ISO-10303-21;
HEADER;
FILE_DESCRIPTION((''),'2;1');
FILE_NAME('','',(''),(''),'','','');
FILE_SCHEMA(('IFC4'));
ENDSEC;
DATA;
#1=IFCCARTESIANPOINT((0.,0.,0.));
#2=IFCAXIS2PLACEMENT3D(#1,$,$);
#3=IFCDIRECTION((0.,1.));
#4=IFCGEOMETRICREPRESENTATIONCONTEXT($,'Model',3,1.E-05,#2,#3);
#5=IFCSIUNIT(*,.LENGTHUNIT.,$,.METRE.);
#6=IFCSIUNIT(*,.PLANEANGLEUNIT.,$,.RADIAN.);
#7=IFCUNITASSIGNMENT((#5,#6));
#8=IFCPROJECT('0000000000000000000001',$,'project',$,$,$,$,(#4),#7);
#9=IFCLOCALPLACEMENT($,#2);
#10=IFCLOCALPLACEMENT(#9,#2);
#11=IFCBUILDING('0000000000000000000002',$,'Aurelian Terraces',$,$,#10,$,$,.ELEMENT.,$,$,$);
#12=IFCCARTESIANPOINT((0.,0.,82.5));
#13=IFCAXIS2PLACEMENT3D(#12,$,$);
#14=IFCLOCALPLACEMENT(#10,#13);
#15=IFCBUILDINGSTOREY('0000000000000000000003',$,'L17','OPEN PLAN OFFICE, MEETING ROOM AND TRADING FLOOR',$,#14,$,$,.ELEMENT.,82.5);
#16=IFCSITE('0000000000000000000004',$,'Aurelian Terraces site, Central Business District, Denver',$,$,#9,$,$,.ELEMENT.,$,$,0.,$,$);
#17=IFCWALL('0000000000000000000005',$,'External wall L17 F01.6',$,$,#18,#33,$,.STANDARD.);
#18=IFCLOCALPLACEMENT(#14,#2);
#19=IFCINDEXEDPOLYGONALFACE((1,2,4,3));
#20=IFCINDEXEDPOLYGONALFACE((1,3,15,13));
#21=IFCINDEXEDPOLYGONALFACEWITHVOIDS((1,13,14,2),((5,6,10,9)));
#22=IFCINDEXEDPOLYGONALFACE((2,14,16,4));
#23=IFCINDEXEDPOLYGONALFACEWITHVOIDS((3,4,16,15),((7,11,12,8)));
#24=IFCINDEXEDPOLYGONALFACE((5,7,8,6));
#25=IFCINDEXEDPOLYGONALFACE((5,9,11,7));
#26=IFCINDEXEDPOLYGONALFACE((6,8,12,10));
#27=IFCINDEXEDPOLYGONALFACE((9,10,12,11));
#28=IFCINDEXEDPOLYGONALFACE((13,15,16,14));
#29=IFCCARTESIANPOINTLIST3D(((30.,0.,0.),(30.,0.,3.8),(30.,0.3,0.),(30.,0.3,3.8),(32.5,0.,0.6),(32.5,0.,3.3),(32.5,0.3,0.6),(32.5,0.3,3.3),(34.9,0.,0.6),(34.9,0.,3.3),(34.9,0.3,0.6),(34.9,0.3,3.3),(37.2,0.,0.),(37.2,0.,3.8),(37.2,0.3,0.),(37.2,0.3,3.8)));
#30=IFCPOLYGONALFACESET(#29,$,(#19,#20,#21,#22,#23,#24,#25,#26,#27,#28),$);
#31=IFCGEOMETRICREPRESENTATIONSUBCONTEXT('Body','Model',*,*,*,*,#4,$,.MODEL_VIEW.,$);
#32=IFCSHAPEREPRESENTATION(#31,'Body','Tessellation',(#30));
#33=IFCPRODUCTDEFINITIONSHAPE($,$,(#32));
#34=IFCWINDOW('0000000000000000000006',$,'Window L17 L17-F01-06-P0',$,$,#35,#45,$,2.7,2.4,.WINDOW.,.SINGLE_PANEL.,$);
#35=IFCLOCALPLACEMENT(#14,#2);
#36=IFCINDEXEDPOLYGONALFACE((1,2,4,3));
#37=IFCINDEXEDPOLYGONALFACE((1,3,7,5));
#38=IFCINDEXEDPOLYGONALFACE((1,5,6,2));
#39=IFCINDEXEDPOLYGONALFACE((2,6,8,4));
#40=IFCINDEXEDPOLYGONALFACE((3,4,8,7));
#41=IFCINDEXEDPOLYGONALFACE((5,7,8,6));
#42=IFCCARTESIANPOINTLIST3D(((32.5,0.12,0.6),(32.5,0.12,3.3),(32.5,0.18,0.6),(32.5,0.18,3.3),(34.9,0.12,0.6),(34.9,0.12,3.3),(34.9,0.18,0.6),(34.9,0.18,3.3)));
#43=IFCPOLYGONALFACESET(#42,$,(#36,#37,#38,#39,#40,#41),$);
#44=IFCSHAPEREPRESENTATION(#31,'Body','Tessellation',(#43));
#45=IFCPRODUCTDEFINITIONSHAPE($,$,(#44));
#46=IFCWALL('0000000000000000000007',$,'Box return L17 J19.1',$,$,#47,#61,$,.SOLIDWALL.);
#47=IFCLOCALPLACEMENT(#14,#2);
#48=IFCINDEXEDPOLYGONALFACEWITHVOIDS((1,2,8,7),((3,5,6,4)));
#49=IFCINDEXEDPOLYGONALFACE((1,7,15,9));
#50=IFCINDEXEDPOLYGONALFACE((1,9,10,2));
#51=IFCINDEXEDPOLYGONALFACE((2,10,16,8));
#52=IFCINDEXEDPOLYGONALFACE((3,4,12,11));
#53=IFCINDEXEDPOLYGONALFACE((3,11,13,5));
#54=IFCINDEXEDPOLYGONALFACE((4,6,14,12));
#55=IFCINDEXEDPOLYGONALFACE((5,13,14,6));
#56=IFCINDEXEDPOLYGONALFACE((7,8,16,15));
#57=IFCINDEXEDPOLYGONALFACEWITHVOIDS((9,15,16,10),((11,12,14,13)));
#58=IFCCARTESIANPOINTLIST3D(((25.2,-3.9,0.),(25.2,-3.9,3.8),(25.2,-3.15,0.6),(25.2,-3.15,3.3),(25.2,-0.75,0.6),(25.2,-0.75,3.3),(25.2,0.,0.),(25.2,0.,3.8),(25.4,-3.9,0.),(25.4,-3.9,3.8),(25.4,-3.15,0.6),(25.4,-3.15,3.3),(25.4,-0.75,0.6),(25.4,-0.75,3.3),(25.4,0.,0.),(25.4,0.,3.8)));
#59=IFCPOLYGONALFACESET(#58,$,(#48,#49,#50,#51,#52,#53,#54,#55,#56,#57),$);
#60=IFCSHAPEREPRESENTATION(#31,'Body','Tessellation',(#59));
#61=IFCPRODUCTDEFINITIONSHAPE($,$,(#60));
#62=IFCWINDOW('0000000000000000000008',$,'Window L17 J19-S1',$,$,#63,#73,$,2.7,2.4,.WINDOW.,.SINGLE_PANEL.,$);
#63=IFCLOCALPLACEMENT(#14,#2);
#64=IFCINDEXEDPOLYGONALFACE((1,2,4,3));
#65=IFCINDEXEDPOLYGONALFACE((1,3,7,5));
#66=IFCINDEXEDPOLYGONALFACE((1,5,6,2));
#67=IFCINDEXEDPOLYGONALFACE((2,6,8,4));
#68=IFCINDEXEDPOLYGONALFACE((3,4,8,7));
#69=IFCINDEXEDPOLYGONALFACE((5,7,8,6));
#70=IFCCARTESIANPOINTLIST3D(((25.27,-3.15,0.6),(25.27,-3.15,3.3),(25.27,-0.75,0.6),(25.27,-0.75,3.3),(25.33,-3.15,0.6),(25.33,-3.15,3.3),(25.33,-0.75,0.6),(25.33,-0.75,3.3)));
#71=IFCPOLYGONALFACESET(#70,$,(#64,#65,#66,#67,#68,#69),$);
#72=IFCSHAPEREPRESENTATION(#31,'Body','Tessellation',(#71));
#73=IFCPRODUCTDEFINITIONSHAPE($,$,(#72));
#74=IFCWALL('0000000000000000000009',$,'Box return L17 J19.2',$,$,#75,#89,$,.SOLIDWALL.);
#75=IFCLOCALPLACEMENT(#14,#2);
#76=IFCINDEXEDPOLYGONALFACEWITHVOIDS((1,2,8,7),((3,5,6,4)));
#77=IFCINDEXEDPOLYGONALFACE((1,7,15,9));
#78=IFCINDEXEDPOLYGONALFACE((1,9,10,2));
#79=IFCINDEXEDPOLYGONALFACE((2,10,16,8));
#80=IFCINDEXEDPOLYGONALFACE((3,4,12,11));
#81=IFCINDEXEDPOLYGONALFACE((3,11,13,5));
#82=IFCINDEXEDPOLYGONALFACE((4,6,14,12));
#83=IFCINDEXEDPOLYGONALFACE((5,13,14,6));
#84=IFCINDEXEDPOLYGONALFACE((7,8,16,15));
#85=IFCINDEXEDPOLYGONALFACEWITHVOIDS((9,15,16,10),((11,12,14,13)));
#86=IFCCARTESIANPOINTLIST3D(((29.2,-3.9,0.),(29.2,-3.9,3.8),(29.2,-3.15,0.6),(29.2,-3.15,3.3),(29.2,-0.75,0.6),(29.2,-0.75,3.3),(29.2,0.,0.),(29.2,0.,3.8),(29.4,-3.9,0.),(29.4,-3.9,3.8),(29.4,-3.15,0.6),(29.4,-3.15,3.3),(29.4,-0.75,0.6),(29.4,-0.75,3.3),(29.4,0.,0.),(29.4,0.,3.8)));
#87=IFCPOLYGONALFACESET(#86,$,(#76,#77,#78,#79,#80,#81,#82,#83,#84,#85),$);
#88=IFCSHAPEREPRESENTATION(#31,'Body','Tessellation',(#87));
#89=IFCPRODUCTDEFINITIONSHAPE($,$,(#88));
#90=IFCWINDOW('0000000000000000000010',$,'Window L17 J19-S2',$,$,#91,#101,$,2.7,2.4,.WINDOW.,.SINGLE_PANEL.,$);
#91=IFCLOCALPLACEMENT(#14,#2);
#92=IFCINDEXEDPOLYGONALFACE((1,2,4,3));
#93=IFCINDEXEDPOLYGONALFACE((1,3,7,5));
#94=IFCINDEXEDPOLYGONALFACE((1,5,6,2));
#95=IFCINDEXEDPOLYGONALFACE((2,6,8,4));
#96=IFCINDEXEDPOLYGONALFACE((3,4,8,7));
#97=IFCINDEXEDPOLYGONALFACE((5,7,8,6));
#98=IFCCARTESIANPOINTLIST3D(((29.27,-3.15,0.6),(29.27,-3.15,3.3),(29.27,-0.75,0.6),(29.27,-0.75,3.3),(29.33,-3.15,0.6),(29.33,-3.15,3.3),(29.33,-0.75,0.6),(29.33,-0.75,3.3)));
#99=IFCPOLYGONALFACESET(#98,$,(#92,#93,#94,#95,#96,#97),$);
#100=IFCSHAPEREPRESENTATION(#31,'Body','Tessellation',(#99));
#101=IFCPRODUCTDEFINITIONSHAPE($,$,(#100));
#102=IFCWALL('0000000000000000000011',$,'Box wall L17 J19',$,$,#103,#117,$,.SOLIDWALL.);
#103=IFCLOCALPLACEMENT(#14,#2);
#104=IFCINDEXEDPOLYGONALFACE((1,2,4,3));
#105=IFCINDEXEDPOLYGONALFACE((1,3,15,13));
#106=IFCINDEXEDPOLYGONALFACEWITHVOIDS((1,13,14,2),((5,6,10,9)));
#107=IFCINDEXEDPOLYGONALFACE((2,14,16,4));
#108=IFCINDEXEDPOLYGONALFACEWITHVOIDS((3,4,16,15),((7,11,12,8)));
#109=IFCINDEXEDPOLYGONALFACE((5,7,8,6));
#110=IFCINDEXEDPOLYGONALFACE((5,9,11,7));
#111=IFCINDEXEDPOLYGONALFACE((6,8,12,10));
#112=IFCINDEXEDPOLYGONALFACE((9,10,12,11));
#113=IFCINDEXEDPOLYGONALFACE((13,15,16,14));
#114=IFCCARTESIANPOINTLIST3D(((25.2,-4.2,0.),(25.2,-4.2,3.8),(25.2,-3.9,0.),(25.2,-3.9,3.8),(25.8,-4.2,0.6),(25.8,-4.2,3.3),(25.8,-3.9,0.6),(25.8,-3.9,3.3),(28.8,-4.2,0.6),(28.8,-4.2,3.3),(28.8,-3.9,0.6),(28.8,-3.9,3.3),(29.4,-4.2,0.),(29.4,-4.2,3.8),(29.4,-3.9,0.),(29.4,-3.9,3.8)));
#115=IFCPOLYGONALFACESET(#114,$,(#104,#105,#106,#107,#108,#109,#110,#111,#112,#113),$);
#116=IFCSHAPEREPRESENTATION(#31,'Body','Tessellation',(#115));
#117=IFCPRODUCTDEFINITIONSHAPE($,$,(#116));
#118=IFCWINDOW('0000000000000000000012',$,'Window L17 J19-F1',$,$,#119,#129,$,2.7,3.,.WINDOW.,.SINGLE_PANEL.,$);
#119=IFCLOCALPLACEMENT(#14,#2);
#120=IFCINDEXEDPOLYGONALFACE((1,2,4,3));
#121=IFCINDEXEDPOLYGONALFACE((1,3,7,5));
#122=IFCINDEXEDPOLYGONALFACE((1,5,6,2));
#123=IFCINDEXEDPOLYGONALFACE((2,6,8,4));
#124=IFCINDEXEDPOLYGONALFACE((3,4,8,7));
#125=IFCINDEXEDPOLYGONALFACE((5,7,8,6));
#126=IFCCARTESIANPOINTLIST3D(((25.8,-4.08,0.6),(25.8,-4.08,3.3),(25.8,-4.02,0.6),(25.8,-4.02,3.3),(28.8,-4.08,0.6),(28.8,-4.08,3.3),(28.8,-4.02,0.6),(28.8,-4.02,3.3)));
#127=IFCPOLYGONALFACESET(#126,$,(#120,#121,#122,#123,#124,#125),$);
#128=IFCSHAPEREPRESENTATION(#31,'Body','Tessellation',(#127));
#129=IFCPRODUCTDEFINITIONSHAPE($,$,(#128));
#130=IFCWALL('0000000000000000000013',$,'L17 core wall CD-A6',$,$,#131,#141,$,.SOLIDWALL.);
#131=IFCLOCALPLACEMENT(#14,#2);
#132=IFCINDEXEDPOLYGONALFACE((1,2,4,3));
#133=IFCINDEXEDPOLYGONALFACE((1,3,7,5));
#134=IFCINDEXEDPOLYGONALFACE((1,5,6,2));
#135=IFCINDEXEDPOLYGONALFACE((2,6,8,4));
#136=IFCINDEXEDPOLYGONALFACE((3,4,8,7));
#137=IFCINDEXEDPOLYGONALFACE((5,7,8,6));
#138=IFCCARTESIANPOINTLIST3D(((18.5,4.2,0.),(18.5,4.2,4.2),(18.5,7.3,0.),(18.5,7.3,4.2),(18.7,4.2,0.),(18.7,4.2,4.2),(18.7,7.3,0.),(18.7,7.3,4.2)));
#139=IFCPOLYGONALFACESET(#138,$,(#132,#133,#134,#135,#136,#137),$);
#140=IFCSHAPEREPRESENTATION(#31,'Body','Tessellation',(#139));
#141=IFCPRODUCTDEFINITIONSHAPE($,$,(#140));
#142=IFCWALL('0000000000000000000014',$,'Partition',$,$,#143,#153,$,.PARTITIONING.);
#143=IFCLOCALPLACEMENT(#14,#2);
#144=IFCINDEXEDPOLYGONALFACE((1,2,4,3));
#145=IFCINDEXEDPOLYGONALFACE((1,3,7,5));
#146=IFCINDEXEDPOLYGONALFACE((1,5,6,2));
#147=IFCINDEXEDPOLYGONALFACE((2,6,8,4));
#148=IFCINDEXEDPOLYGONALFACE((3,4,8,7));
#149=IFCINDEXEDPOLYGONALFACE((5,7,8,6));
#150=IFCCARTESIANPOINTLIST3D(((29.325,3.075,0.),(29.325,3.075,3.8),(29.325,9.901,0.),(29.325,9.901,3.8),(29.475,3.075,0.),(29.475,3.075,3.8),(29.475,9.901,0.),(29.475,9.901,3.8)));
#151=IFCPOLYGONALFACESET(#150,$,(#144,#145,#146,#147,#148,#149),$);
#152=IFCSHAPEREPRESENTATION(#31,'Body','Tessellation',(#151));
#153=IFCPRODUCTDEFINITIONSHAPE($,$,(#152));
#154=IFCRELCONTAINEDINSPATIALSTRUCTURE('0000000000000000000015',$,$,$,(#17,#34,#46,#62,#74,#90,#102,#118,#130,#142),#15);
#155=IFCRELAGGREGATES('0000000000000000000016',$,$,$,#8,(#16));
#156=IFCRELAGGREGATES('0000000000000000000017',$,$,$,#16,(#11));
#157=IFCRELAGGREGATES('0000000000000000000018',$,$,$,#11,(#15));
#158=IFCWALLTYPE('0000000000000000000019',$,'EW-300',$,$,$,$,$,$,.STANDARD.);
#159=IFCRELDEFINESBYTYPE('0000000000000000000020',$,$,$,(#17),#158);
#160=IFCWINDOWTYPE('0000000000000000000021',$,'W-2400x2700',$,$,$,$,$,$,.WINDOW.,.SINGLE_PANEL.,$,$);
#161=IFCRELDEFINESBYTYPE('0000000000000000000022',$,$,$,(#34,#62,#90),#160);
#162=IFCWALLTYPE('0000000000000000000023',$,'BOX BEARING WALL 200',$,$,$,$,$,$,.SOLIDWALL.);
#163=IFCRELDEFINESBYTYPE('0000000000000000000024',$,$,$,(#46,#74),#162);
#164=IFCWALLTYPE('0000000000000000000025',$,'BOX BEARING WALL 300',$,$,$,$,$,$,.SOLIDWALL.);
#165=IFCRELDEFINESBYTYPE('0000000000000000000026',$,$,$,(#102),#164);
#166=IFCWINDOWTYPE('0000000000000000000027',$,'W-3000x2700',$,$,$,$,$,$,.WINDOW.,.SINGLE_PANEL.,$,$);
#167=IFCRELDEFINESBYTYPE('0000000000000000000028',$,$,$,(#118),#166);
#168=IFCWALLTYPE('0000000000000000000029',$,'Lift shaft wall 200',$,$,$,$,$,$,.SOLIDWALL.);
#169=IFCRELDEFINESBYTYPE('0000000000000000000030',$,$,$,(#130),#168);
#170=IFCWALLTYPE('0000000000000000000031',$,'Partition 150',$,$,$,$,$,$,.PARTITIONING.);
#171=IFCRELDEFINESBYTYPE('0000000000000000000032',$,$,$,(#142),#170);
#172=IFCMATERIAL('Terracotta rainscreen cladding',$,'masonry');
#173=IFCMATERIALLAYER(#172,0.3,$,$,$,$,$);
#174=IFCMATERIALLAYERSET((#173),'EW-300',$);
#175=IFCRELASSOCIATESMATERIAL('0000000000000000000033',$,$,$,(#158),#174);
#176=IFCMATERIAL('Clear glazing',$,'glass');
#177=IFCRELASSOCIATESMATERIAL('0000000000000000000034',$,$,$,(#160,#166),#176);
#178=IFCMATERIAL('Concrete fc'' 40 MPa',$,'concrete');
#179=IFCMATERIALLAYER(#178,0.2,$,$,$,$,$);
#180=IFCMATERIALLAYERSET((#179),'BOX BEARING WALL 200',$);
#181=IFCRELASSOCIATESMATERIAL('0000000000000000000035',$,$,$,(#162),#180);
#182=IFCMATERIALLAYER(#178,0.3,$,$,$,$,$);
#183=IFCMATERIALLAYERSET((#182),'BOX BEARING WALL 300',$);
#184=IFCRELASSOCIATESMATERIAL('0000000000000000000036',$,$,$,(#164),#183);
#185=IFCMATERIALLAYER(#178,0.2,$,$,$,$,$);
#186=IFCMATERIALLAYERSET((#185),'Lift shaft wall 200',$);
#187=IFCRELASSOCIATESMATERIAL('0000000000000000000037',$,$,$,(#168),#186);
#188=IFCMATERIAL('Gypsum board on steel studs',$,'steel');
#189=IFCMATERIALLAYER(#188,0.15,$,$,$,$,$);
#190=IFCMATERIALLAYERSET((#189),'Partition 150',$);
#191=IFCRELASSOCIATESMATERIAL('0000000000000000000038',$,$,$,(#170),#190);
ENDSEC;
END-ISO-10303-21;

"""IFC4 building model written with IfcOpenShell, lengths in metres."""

from ifc_helpers import new_model, si_unit, direction, frame, frame_2d, origin, place, context, subcontext, project, spatial, rectangle, extrude, source, transform, mapped, material, layer, layer_set, type_object, element, fill, save


model = new_model("IFC4")

# Units and contexts
model_context = context("Model", 3, precision=1e-05, world=origin(), true_north=direction((0.0, 1.0)))
body_context = subcontext(model_context, "Body", "Model", "MODEL_VIEW")
ifc_project = project(units=[si_unit("LENGTHUNIT", "METRE"), si_unit("PLANEANGLEUNIT", "RADIAN")], contexts=[model_context])

# Site, building, storey
site_placement = place(None, origin())
site = spatial("IfcSite", under=ifc_project, at=site_placement, Name="Aurelian Terraces site, Central Business District, Denver", CompositionType="ELEMENT", RefElevation=0.0)
building_placement = place(site_placement, origin())
building = spatial("IfcBuilding", under=site, at=building_placement, Name="Aurelian Terraces", CompositionType="ELEMENT")
storey_placement = place(building_placement, frame((0.0, 0.0, 82.5)))
storey = spatial("IfcBuildingStorey", under=building, at=storey_placement, Name="L17", Description="OPEN PLAN OFFICE, MEETING ROOM AND TRADING FLOOR", CompositionType="ELEMENT", Elevation=82.5)

# Shared definitions
ifc_material_1 = material(Name="Terracotta rainscreen cladding", Category="masonry")
ifc_layer_1 = layer(ifc_material_1, 0.3)
ifc_layer_set_1 = layer_set([ifc_layer_1], Name="EW-300")
wall_type_1 = type_object("IfcWallType", Name="EW-300", PredefinedType="STANDARD", material=ifc_layer_set_1)
shared_shape_1 = source(origin(), body_context, "Body", "SweptSolid", [
    extrude(rectangle(XDim=7.2, YDim=0.3, at=frame_2d((3.6, 0.0))), origin(), (0.0, 0.0, 1.0), 3.8),
])
shared_shape_2 = source(origin(), body_context, "Body", "SweptSolid", [
    extrude(rectangle(XDim=2.4, YDim=2.7, at=frame_2d((1.2, 1.35))), frame((0.0, 0.16, 0.0), z_axis=(0.0, -1.0, 0.0), x_axis=(1.0, 0.0, 0.0)), (0.0, 0.0, 1.0), 0.32),
])
ifc_material_2 = material(Name="Clear glazing", Category="glass")
window_type_1 = type_object("IfcWindowType", Name="W-2400x2700", PartitioningType="SINGLE_PANEL", PredefinedType="WINDOW", material=ifc_material_2)
shared_shape_3 = source(origin(), body_context, "Body", "SweptSolid", [
    extrude(rectangle(XDim=2.4, YDim=2.7, at=frame_2d((1.2, 1.35))), frame((0.0, 0.03, 0.0), z_axis=(0.0, -1.0, 0.0), x_axis=(1.0, 0.0, 0.0)), (0.0, 0.0, 1.0), 0.06),
])

# Walls, openings, windows
wall_1_placement = place(storey_placement, frame((30.0, 0.15, 0.0), z_axis=(0.0, 0.0, 1.0), x_axis=(1.0, 0.0, 0.0)))
wall_1 = element("IfcWall", 1, at=wall_1_placement, inside=storey, type_object=wall_type_1, Name="External wall L17 F01.6", PredefinedType="STANDARD", context=body_context, shape_type="MappedRepresentation", body=[
    mapped(shared_shape_1, transform((0.0, 0.0, 0.0), scale=1.0)),
])
opening_1_placement = place(wall_1_placement, frame((2.5, 0.0, 0.6)))
opening_1 = element("IfcOpeningElement", 2, at=opening_1_placement, cuts=wall_1, PredefinedType="OPENING", context=body_context, shape_type="MappedRepresentation", body=[
    mapped(shared_shape_2, transform((0.0, 0.0, 0.0), scale=1.0)),
])
window_1_placement = place(opening_1_placement, origin())
window_1 = element("IfcWindow", 3, at=window_1_placement, inside=storey, type_object=window_type_1, Name="Window L17 L17-F01-06-P0", OverallHeight=2.7, OverallWidth=2.4, PartitioningType="SINGLE_PANEL", PredefinedType="WINDOW", context=body_context, shape_type="MappedRepresentation", body=[
    mapped(shared_shape_3, transform((0.0, 0.0, 0.0), scale=1.0)),
])
fill(opening_1, window_1)
ifc_material_3 = material(Name="Concrete fc' 40 MPa", Category="concrete")
ifc_layer_2 = layer(ifc_material_3, 0.2)
ifc_layer_set_2 = layer_set([ifc_layer_2], Name="BOX BEARING WALL 200")
wall_type_2 = type_object("IfcWallType", Name="BOX BEARING WALL 200", PredefinedType="SOLIDWALL", material=ifc_layer_set_2)
shared_shape_4 = source(origin(), body_context, "Body", "SweptSolid", [
    extrude(rectangle(XDim=3.9, YDim=0.2, at=frame_2d((1.95, 0.0))), origin(), (0.0, 0.0, 1.0), 3.8),
])
wall_2_placement = place(storey_placement, frame((25.3, 0.0, 0.0), z_axis=(0.0, 0.0, 1.0), x_axis=(0.0, -1.0, 0.0)))
wall_2 = element("IfcWall", 4, at=wall_2_placement, inside=storey, type_object=wall_type_2, Name="Box return L17 J19.1", PredefinedType="SOLIDWALL", context=body_context, shape_type="MappedRepresentation", body=[
    mapped(shared_shape_4, transform((0.0, 0.0, 0.0), scale=1.0)),
])
shared_shape_5 = source(origin(), body_context, "Body", "SweptSolid", [
    extrude(rectangle(XDim=2.4, YDim=2.7, at=frame_2d((1.2, 1.35))), frame((0.0, 0.11, 0.0), z_axis=(0.0, -1.0, 0.0), x_axis=(1.0, 0.0, 0.0)), (0.0, 0.0, 1.0), 0.22),
])
opening_2_placement = place(wall_2_placement, frame((0.75, 0.0, 0.6)))
opening_2 = element("IfcOpeningElement", 5, at=opening_2_placement, cuts=wall_2, PredefinedType="OPENING", context=body_context, shape_type="MappedRepresentation", body=[
    mapped(shared_shape_5, transform((0.0, 0.0, 0.0), scale=1.0)),
])
window_2_placement = place(opening_2_placement, origin())
window_2 = element("IfcWindow", 6, at=window_2_placement, inside=storey, type_object=window_type_1, Name="Window L17 J19-S1", OverallHeight=2.7, OverallWidth=2.4, PartitioningType="SINGLE_PANEL", PredefinedType="WINDOW", context=body_context, shape_type="MappedRepresentation", body=[
    mapped(shared_shape_3, transform((0.0, 0.0, 0.0), scale=1.0)),
])
fill(opening_2, window_2)
wall_3_placement = place(storey_placement, frame((29.3, 0.0, 0.0), z_axis=(0.0, 0.0, 1.0), x_axis=(0.0, -1.0, 0.0)))
wall_3 = element("IfcWall", 7, at=wall_3_placement, inside=storey, type_object=wall_type_2, Name="Box return L17 J19.2", PredefinedType="SOLIDWALL", context=body_context, shape_type="MappedRepresentation", body=[
    mapped(shared_shape_4, transform((0.0, 0.0, 0.0), scale=1.0)),
])
opening_3_placement = place(wall_3_placement, frame((0.75, 0.0, 0.6)))
opening_3 = element("IfcOpeningElement", 8, at=opening_3_placement, cuts=wall_3, PredefinedType="OPENING", context=body_context, shape_type="MappedRepresentation", body=[
    mapped(shared_shape_5, transform((0.0, 0.0, 0.0), scale=1.0)),
])
window_3_placement = place(opening_3_placement, origin())
window_3 = element("IfcWindow", 9, at=window_3_placement, inside=storey, type_object=window_type_1, Name="Window L17 J19-S2", OverallHeight=2.7, OverallWidth=2.4, PartitioningType="SINGLE_PANEL", PredefinedType="WINDOW", context=body_context, shape_type="MappedRepresentation", body=[
    mapped(shared_shape_3, transform((0.0, 0.0, 0.0), scale=1.0)),
])
fill(opening_3, window_3)
ifc_layer_3 = layer(ifc_material_3, 0.3)
ifc_layer_set_3 = layer_set([ifc_layer_3], Name="BOX BEARING WALL 300")
wall_type_3 = type_object("IfcWallType", Name="BOX BEARING WALL 300", PredefinedType="SOLIDWALL", material=ifc_layer_set_3)
shared_shape_6 = source(origin(), body_context, "Body", "SweptSolid", [
    extrude(rectangle(XDim=4.2, YDim=0.3, at=frame_2d((2.1, 0.0))), origin(), (0.0, 0.0, 1.0), 3.8),
])
wall_4_placement = place(storey_placement, frame((25.2, -4.05, 0.0), z_axis=(0.0, 0.0, 1.0), x_axis=(1.0, 0.0, 0.0)))
wall_4 = element("IfcWall", 10, at=wall_4_placement, inside=storey, type_object=wall_type_3, Name="Box wall L17 J19", PredefinedType="SOLIDWALL", context=body_context, shape_type="MappedRepresentation", body=[
    mapped(shared_shape_6, transform((0.0, 0.0, 0.0), scale=1.0)),
])
shared_shape_7 = source(origin(), body_context, "Body", "SweptSolid", [
    extrude(rectangle(XDim=3.0, YDim=2.7, at=frame_2d((1.5, 1.35))), frame((0.0, 0.16, 0.0), z_axis=(0.0, -1.0, 0.0), x_axis=(1.0, 0.0, 0.0)), (0.0, 0.0, 1.0), 0.32),
])
opening_4_placement = place(wall_4_placement, frame((0.6, 0.0, 0.6)))
opening_4 = element("IfcOpeningElement", 11, at=opening_4_placement, cuts=wall_4, PredefinedType="OPENING", context=body_context, shape_type="MappedRepresentation", body=[
    mapped(shared_shape_7, transform((0.0, 0.0, 0.0), scale=1.0)),
])
window_type_2 = type_object("IfcWindowType", Name="W-3000x2700", PartitioningType="SINGLE_PANEL", PredefinedType="WINDOW", material=ifc_material_2)
shared_shape_8 = source(origin(), body_context, "Body", "SweptSolid", [
    extrude(rectangle(XDim=3.0, YDim=2.7, at=frame_2d((1.5, 1.35))), frame((0.0, 0.03, 0.0), z_axis=(0.0, -1.0, 0.0), x_axis=(1.0, 0.0, 0.0)), (0.0, 0.0, 1.0), 0.06),
])
window_4_placement = place(opening_4_placement, origin())
window_4 = element("IfcWindow", 12, at=window_4_placement, inside=storey, type_object=window_type_2, Name="Window L17 J19-F1", OverallHeight=2.7, OverallWidth=3.0, PartitioningType="SINGLE_PANEL", PredefinedType="WINDOW", context=body_context, shape_type="MappedRepresentation", body=[
    mapped(shared_shape_8, transform((0.0, 0.0, 0.0), scale=1.0)),
])
fill(opening_4, window_4)

# Walls
ifc_layer_4 = layer(ifc_material_3, 0.2)
ifc_layer_set_4 = layer_set([ifc_layer_4], Name="Lift shaft wall 200")
wall_type_4 = type_object("IfcWallType", Name="Lift shaft wall 200", PredefinedType="SOLIDWALL", material=ifc_layer_set_4)
shared_shape_9 = source(origin(), body_context, "Body", "SweptSolid", [
    extrude(rectangle(XDim=3.1, YDim=0.2, at=frame_2d((1.55, 0.0))), origin(), (0.0, 0.0, 1.0), 4.2),
])
wall_5_placement = place(storey_placement, frame((18.6, 4.2, 0.0), z_axis=(0.0, 0.0, 1.0), x_axis=(0.0, 1.0, 0.0)))
element("IfcWall", 13, at=wall_5_placement, inside=storey, type_object=wall_type_4, Name="L17 core wall CD-A6", PredefinedType="SOLIDWALL", context=body_context, shape_type="MappedRepresentation", body=[
    mapped(shared_shape_9, transform((0.0, 0.0, 0.0), scale=1.0)),
])
ifc_material_4 = material(Name="Gypsum board on steel studs", Category="steel")
ifc_layer_5 = layer(ifc_material_4, 0.15)
ifc_layer_set_5 = layer_set([ifc_layer_5], Name="Partition 150")
wall_type_5 = type_object("IfcWallType", Name="Partition 150", PredefinedType="PARTITIONING", material=ifc_layer_set_5)
shared_shape_10 = source(origin(), body_context, "Body", "SweptSolid", [
    extrude(rectangle(XDim=6.826, YDim=0.15, at=frame_2d((3.413, 0.0))), origin(), (0.0, 0.0, 1.0), 3.8),
])
wall_6_placement = place(storey_placement, frame((29.4, 3.075, 0.0), z_axis=(0.0, 0.0, 1.0), x_axis=(0.0, 1.0, 0.0)))
element("IfcWall", 14, at=wall_6_placement, inside=storey, type_object=wall_type_5, Name="Partition", PredefinedType="PARTITIONING", context=body_context, shape_type="MappedRepresentation", body=[
    mapped(shared_shape_10, transform((0.0, 0.0, 0.0), scale=1.0)),
])

save(model, "model.ifc")
